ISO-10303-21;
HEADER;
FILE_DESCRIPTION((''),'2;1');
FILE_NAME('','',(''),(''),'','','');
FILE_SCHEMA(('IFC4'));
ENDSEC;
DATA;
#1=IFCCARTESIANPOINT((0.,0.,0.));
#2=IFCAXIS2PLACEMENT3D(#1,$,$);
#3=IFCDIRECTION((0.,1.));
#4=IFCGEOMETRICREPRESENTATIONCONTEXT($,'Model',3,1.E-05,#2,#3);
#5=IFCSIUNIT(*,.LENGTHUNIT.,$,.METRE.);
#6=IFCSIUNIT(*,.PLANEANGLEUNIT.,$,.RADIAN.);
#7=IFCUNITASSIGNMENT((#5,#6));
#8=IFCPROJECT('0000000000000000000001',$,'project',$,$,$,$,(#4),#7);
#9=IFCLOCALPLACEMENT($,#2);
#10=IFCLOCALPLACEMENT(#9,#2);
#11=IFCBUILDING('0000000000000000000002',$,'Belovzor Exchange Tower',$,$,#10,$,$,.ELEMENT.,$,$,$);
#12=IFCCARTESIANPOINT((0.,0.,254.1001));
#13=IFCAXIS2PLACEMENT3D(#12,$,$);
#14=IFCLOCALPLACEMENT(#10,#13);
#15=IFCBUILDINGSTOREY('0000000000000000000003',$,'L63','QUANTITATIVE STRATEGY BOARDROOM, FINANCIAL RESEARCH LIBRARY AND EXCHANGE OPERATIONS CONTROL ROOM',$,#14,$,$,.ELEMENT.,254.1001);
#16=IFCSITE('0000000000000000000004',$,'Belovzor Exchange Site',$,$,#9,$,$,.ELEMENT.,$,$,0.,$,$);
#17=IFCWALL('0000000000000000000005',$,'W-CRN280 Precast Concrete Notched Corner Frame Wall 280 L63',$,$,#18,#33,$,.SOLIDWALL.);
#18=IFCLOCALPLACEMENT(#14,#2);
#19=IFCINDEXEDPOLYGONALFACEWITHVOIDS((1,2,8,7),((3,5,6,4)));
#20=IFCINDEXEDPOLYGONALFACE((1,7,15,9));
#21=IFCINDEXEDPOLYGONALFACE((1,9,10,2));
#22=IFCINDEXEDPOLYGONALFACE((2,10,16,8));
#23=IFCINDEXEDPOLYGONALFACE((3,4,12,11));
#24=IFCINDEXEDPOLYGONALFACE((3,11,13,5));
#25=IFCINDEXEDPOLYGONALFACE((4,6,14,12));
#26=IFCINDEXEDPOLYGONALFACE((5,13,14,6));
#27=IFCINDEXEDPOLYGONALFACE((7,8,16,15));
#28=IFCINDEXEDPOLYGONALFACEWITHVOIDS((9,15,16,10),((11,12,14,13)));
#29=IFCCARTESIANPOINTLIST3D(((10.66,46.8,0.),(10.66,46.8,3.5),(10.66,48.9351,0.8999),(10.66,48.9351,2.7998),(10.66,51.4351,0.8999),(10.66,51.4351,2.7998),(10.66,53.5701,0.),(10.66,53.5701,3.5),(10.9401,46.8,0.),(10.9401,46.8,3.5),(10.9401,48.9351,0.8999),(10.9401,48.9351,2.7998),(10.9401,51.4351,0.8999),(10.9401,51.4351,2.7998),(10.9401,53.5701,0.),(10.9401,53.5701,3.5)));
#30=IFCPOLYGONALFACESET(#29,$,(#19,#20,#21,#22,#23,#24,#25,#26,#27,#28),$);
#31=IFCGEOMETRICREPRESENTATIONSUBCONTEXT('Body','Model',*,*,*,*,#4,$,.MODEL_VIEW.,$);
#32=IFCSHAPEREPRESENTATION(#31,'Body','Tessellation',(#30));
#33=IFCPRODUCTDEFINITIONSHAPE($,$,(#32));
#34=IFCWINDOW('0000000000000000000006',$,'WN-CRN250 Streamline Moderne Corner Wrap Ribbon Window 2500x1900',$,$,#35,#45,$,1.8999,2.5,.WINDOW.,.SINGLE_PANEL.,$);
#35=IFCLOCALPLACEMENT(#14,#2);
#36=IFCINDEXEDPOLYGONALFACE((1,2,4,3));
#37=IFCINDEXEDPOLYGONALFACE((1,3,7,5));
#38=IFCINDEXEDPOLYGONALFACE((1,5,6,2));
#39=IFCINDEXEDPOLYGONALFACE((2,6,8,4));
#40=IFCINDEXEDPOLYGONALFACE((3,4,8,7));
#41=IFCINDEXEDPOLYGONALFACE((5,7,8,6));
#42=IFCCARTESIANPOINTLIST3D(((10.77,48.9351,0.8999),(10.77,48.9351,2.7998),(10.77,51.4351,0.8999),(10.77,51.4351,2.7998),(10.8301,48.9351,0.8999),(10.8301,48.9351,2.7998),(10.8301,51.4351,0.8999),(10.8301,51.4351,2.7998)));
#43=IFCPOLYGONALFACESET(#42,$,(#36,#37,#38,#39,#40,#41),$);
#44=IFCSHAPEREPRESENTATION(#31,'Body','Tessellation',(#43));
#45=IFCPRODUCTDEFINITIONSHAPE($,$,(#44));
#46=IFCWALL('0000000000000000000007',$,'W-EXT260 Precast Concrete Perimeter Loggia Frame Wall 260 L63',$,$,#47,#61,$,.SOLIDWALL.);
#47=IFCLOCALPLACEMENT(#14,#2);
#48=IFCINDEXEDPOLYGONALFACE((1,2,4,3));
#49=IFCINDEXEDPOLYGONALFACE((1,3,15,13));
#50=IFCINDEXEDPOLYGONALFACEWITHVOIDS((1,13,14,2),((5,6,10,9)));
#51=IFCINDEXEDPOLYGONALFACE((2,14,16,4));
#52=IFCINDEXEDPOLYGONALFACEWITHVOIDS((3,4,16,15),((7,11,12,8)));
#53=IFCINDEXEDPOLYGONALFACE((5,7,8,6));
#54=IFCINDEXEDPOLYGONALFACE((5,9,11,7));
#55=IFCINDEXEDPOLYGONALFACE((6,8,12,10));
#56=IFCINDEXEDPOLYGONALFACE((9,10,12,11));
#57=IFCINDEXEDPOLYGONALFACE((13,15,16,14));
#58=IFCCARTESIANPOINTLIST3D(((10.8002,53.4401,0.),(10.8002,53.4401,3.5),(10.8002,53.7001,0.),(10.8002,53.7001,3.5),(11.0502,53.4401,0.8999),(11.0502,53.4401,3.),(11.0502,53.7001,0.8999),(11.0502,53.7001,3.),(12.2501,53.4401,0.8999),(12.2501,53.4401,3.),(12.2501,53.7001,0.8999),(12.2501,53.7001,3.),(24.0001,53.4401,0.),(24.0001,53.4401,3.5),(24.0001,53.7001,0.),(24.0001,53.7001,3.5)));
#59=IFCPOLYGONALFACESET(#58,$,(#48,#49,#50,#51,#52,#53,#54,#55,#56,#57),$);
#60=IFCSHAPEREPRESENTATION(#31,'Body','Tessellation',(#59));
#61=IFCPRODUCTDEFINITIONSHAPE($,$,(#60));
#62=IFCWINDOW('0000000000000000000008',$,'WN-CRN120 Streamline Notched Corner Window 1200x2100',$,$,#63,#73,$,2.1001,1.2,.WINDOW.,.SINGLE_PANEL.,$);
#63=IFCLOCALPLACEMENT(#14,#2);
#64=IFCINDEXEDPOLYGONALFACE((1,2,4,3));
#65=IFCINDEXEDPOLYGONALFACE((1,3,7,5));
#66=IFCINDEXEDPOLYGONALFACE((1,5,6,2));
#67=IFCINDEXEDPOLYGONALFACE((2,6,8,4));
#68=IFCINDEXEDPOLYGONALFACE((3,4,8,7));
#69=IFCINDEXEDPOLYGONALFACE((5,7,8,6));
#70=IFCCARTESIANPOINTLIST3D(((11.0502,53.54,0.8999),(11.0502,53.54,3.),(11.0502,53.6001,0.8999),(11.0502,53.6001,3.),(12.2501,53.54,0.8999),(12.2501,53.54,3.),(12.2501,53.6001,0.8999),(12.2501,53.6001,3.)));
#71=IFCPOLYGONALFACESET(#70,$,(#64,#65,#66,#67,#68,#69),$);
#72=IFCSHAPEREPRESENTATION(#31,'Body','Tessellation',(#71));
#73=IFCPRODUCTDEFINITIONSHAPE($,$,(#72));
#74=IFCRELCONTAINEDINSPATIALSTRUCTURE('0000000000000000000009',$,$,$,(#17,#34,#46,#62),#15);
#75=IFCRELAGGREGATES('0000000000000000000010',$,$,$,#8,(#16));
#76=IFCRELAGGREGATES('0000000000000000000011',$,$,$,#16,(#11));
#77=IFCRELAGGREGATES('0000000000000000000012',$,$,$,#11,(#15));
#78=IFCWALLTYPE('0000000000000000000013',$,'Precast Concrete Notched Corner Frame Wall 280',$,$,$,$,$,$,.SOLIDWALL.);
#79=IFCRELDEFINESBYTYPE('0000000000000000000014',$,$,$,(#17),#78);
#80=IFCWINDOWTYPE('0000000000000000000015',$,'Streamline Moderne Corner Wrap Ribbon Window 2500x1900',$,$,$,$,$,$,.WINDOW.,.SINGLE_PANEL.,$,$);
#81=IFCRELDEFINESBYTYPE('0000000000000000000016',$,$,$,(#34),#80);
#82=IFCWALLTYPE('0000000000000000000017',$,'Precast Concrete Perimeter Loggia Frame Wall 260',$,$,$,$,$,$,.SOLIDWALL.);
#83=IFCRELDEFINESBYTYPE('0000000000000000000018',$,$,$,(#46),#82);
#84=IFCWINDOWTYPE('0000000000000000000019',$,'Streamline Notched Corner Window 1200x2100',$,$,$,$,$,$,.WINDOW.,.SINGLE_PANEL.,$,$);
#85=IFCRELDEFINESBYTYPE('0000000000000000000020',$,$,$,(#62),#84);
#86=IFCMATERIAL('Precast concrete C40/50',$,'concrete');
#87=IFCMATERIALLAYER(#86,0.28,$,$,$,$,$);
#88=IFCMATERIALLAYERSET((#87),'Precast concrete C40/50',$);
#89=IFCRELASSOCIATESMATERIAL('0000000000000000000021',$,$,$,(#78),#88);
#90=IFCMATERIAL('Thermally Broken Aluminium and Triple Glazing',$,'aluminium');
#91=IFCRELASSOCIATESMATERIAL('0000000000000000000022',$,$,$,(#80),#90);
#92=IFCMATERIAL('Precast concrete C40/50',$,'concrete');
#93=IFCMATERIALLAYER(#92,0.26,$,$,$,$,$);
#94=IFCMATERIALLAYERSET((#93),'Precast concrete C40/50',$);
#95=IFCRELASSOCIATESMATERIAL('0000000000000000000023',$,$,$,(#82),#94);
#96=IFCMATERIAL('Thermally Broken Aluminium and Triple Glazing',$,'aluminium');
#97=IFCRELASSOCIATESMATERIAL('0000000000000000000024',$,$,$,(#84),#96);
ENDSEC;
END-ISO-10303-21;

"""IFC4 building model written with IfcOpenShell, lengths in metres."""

from ifc_helpers import new_model, si_unit, direction, frame, frame_2d, origin, place, context, subcontext, project, spatial, rectangle, extrude, material, layer, layer_set, type_object, element, fill, save


model = new_model("IFC4")

# Units and contexts
model_context = context("Model", 3, precision=1e-05, world=origin(), true_north=direction((0.0, 1.0)))
body_context = subcontext(model_context, "Body", "Model", "MODEL_VIEW")
ifc_project = project(units=[si_unit("LENGTHUNIT", "METRE"), si_unit("PLANEANGLEUNIT", "RADIAN")], contexts=[model_context])

# Site, building, storey
site_placement = place(None, origin())
site = spatial("IfcSite", under=ifc_project, at=site_placement, Name="Belovzor Exchange Site", CompositionType="ELEMENT", RefElevation=0.0)
building_placement = place(site_placement, origin())
building = spatial("IfcBuilding", under=site, at=building_placement, Name="Belovzor Exchange Tower", CompositionType="ELEMENT")
storey_placement = place(building_placement, frame((0.0, 0.0, 254.1001)))
storey = spatial("IfcBuildingStorey", under=building, at=storey_placement, Name="L63", Description="QUANTITATIVE STRATEGY BOARDROOM, FINANCIAL RESEARCH LIBRARY AND EXCHANGE OPERATIONS CONTROL ROOM", CompositionType="ELEMENT", Elevation=254.1001)

# Walls, openings, windows
ifc_material_1 = material(Name="Precast concrete C40/50", Category="concrete")
ifc_layer_1 = layer(ifc_material_1, 0.28)
ifc_layer_set_1 = layer_set([ifc_layer_1], Name="Precast concrete C40/50")
wall_type_1 = type_object("IfcWallType", Name="Precast Concrete Notched Corner Frame Wall 280", PredefinedType="SOLIDWALL", material=ifc_layer_set_1)
ifc_material_2 = material(Name="Thermally Broken Aluminium and Triple Glazing", Category="aluminium")
window_type_1 = type_object("IfcWindowType", Name="Streamline Moderne Corner Wrap Ribbon Window 2500x1900", PartitioningType="SINGLE_PANEL", PredefinedType="WINDOW", material=ifc_material_2)
wall_1_placement = place(storey_placement, frame((10.8, 46.8, 0.0), z_axis=(0.0, 0.0, 1.0), x_axis=(0.0, 1.0, 0.0)))
wall_1 = element("IfcWall", 1, at=wall_1_placement, inside=storey, type_object=wall_type_1, Name="W-CRN280 Precast Concrete Notched Corner Frame Wall 280 L63", PredefinedType="SOLIDWALL", context=body_context, shape_type="SweptSolid", body=[
    extrude(rectangle(XDim=6.77, YDim=0.28, at=frame_2d((3.385, 0.0))), origin(), (0.0, 0.0, 1.0), 3.5),
])
opening_1_placement = place(wall_1_placement, frame((2.135, 0.0, 0.8999)))
opening_1 = element("IfcOpeningElement", 2, at=opening_1_placement, cuts=wall_1, PredefinedType="OPENING", context=body_context, shape_type="SweptSolid", body=[
    extrude(rectangle(XDim=2.5, YDim=1.8999, at=frame_2d((1.25, 0.95))), frame((0.0, 0.1499, 0.0), z_axis=(0.0, -1.0, 0.0), x_axis=(1.0, 0.0, 0.0)), (0.0, 0.0, 1.0), 0.3),
])
window_1_placement = place(opening_1_placement, origin())
window_1 = element("IfcWindow", 3, at=window_1_placement, inside=storey, type_object=window_type_1, Name="WN-CRN250 Streamline Moderne Corner Wrap Ribbon Window 2500x1900", OverallHeight=1.8999, OverallWidth=2.5, PartitioningType="SINGLE_PANEL", PredefinedType="WINDOW", context=body_context, shape_type="SweptSolid", body=[
    extrude(rectangle(XDim=2.5, YDim=1.8999, at=frame_2d((1.25, 0.95))), frame((0.0, 0.03, 0.0), z_axis=(0.0, -1.0, 0.0), x_axis=(1.0, 0.0, 0.0)), (0.0, 0.0, 1.0), 0.0601),
])
fill(opening_1, window_1)
ifc_material_3 = material(Name="Precast concrete C40/50", Category="concrete")
ifc_layer_2 = layer(ifc_material_3, 0.26)
ifc_layer_set_2 = layer_set([ifc_layer_2], Name="Precast concrete C40/50")
wall_type_2 = type_object("IfcWallType", Name="Precast Concrete Perimeter Loggia Frame Wall 260", PredefinedType="SOLIDWALL", material=ifc_layer_set_2)
wall_2_placement = place(storey_placement, frame((10.8, 53.5701, 0.0), z_axis=(0.0, 0.0, 1.0), x_axis=(1.0, 0.0, 0.0)))
wall_2 = element("IfcWall", 4, at=wall_2_placement, inside=storey, type_object=wall_type_2, Name="W-EXT260 Precast Concrete Perimeter Loggia Frame Wall 260 L63", PredefinedType="SOLIDWALL", context=body_context, shape_type="SweptSolid", body=[
    extrude(rectangle(XDim=13.2, YDim=0.26, at=frame_2d((6.6001, 0.0))), origin(), (0.0, 0.0, 1.0), 3.5),
])
opening_2_placement = place(wall_2_placement, frame((0.25, 0.0, 0.8999)))
opening_2 = element("IfcOpeningElement", 5, at=opening_2_placement, cuts=wall_2, PredefinedType="OPENING", context=body_context, shape_type="SweptSolid", body=[
    extrude(rectangle(XDim=1.2, YDim=2.1001, at=frame_2d((0.6001, 1.05))), frame((0.0, 0.1399, 0.0), z_axis=(0.0, -1.0, 0.0), x_axis=(1.0, 0.0, 0.0)), (0.0, 0.0, 1.0), 0.28),
])
ifc_material_4 = material(Name="Thermally Broken Aluminium and Triple Glazing", Category="aluminium")
window_type_2 = type_object("IfcWindowType", Name="Streamline Notched Corner Window 1200x2100", PartitioningType="SINGLE_PANEL", PredefinedType="WINDOW", material=ifc_material_4)
window_2_placement = place(opening_2_placement, origin())
window_2 = element("IfcWindow", 6, at=window_2_placement, inside=storey, type_object=window_type_2, Name="WN-CRN120 Streamline Notched Corner Window 1200x2100", OverallHeight=2.1001, OverallWidth=1.2, PartitioningType="SINGLE_PANEL", PredefinedType="WINDOW", context=body_context, shape_type="SweptSolid", body=[
    extrude(rectangle(XDim=1.2, YDim=2.1001, at=frame_2d((0.6001, 1.05))), frame((0.0, 0.03, 0.0), z_axis=(0.0, -1.0, 0.0), x_axis=(1.0, 0.0, 0.0)), (0.0, 0.0, 1.0), 0.0601),
])
fill(opening_2, window_2)

save(model, "model.ifc")
